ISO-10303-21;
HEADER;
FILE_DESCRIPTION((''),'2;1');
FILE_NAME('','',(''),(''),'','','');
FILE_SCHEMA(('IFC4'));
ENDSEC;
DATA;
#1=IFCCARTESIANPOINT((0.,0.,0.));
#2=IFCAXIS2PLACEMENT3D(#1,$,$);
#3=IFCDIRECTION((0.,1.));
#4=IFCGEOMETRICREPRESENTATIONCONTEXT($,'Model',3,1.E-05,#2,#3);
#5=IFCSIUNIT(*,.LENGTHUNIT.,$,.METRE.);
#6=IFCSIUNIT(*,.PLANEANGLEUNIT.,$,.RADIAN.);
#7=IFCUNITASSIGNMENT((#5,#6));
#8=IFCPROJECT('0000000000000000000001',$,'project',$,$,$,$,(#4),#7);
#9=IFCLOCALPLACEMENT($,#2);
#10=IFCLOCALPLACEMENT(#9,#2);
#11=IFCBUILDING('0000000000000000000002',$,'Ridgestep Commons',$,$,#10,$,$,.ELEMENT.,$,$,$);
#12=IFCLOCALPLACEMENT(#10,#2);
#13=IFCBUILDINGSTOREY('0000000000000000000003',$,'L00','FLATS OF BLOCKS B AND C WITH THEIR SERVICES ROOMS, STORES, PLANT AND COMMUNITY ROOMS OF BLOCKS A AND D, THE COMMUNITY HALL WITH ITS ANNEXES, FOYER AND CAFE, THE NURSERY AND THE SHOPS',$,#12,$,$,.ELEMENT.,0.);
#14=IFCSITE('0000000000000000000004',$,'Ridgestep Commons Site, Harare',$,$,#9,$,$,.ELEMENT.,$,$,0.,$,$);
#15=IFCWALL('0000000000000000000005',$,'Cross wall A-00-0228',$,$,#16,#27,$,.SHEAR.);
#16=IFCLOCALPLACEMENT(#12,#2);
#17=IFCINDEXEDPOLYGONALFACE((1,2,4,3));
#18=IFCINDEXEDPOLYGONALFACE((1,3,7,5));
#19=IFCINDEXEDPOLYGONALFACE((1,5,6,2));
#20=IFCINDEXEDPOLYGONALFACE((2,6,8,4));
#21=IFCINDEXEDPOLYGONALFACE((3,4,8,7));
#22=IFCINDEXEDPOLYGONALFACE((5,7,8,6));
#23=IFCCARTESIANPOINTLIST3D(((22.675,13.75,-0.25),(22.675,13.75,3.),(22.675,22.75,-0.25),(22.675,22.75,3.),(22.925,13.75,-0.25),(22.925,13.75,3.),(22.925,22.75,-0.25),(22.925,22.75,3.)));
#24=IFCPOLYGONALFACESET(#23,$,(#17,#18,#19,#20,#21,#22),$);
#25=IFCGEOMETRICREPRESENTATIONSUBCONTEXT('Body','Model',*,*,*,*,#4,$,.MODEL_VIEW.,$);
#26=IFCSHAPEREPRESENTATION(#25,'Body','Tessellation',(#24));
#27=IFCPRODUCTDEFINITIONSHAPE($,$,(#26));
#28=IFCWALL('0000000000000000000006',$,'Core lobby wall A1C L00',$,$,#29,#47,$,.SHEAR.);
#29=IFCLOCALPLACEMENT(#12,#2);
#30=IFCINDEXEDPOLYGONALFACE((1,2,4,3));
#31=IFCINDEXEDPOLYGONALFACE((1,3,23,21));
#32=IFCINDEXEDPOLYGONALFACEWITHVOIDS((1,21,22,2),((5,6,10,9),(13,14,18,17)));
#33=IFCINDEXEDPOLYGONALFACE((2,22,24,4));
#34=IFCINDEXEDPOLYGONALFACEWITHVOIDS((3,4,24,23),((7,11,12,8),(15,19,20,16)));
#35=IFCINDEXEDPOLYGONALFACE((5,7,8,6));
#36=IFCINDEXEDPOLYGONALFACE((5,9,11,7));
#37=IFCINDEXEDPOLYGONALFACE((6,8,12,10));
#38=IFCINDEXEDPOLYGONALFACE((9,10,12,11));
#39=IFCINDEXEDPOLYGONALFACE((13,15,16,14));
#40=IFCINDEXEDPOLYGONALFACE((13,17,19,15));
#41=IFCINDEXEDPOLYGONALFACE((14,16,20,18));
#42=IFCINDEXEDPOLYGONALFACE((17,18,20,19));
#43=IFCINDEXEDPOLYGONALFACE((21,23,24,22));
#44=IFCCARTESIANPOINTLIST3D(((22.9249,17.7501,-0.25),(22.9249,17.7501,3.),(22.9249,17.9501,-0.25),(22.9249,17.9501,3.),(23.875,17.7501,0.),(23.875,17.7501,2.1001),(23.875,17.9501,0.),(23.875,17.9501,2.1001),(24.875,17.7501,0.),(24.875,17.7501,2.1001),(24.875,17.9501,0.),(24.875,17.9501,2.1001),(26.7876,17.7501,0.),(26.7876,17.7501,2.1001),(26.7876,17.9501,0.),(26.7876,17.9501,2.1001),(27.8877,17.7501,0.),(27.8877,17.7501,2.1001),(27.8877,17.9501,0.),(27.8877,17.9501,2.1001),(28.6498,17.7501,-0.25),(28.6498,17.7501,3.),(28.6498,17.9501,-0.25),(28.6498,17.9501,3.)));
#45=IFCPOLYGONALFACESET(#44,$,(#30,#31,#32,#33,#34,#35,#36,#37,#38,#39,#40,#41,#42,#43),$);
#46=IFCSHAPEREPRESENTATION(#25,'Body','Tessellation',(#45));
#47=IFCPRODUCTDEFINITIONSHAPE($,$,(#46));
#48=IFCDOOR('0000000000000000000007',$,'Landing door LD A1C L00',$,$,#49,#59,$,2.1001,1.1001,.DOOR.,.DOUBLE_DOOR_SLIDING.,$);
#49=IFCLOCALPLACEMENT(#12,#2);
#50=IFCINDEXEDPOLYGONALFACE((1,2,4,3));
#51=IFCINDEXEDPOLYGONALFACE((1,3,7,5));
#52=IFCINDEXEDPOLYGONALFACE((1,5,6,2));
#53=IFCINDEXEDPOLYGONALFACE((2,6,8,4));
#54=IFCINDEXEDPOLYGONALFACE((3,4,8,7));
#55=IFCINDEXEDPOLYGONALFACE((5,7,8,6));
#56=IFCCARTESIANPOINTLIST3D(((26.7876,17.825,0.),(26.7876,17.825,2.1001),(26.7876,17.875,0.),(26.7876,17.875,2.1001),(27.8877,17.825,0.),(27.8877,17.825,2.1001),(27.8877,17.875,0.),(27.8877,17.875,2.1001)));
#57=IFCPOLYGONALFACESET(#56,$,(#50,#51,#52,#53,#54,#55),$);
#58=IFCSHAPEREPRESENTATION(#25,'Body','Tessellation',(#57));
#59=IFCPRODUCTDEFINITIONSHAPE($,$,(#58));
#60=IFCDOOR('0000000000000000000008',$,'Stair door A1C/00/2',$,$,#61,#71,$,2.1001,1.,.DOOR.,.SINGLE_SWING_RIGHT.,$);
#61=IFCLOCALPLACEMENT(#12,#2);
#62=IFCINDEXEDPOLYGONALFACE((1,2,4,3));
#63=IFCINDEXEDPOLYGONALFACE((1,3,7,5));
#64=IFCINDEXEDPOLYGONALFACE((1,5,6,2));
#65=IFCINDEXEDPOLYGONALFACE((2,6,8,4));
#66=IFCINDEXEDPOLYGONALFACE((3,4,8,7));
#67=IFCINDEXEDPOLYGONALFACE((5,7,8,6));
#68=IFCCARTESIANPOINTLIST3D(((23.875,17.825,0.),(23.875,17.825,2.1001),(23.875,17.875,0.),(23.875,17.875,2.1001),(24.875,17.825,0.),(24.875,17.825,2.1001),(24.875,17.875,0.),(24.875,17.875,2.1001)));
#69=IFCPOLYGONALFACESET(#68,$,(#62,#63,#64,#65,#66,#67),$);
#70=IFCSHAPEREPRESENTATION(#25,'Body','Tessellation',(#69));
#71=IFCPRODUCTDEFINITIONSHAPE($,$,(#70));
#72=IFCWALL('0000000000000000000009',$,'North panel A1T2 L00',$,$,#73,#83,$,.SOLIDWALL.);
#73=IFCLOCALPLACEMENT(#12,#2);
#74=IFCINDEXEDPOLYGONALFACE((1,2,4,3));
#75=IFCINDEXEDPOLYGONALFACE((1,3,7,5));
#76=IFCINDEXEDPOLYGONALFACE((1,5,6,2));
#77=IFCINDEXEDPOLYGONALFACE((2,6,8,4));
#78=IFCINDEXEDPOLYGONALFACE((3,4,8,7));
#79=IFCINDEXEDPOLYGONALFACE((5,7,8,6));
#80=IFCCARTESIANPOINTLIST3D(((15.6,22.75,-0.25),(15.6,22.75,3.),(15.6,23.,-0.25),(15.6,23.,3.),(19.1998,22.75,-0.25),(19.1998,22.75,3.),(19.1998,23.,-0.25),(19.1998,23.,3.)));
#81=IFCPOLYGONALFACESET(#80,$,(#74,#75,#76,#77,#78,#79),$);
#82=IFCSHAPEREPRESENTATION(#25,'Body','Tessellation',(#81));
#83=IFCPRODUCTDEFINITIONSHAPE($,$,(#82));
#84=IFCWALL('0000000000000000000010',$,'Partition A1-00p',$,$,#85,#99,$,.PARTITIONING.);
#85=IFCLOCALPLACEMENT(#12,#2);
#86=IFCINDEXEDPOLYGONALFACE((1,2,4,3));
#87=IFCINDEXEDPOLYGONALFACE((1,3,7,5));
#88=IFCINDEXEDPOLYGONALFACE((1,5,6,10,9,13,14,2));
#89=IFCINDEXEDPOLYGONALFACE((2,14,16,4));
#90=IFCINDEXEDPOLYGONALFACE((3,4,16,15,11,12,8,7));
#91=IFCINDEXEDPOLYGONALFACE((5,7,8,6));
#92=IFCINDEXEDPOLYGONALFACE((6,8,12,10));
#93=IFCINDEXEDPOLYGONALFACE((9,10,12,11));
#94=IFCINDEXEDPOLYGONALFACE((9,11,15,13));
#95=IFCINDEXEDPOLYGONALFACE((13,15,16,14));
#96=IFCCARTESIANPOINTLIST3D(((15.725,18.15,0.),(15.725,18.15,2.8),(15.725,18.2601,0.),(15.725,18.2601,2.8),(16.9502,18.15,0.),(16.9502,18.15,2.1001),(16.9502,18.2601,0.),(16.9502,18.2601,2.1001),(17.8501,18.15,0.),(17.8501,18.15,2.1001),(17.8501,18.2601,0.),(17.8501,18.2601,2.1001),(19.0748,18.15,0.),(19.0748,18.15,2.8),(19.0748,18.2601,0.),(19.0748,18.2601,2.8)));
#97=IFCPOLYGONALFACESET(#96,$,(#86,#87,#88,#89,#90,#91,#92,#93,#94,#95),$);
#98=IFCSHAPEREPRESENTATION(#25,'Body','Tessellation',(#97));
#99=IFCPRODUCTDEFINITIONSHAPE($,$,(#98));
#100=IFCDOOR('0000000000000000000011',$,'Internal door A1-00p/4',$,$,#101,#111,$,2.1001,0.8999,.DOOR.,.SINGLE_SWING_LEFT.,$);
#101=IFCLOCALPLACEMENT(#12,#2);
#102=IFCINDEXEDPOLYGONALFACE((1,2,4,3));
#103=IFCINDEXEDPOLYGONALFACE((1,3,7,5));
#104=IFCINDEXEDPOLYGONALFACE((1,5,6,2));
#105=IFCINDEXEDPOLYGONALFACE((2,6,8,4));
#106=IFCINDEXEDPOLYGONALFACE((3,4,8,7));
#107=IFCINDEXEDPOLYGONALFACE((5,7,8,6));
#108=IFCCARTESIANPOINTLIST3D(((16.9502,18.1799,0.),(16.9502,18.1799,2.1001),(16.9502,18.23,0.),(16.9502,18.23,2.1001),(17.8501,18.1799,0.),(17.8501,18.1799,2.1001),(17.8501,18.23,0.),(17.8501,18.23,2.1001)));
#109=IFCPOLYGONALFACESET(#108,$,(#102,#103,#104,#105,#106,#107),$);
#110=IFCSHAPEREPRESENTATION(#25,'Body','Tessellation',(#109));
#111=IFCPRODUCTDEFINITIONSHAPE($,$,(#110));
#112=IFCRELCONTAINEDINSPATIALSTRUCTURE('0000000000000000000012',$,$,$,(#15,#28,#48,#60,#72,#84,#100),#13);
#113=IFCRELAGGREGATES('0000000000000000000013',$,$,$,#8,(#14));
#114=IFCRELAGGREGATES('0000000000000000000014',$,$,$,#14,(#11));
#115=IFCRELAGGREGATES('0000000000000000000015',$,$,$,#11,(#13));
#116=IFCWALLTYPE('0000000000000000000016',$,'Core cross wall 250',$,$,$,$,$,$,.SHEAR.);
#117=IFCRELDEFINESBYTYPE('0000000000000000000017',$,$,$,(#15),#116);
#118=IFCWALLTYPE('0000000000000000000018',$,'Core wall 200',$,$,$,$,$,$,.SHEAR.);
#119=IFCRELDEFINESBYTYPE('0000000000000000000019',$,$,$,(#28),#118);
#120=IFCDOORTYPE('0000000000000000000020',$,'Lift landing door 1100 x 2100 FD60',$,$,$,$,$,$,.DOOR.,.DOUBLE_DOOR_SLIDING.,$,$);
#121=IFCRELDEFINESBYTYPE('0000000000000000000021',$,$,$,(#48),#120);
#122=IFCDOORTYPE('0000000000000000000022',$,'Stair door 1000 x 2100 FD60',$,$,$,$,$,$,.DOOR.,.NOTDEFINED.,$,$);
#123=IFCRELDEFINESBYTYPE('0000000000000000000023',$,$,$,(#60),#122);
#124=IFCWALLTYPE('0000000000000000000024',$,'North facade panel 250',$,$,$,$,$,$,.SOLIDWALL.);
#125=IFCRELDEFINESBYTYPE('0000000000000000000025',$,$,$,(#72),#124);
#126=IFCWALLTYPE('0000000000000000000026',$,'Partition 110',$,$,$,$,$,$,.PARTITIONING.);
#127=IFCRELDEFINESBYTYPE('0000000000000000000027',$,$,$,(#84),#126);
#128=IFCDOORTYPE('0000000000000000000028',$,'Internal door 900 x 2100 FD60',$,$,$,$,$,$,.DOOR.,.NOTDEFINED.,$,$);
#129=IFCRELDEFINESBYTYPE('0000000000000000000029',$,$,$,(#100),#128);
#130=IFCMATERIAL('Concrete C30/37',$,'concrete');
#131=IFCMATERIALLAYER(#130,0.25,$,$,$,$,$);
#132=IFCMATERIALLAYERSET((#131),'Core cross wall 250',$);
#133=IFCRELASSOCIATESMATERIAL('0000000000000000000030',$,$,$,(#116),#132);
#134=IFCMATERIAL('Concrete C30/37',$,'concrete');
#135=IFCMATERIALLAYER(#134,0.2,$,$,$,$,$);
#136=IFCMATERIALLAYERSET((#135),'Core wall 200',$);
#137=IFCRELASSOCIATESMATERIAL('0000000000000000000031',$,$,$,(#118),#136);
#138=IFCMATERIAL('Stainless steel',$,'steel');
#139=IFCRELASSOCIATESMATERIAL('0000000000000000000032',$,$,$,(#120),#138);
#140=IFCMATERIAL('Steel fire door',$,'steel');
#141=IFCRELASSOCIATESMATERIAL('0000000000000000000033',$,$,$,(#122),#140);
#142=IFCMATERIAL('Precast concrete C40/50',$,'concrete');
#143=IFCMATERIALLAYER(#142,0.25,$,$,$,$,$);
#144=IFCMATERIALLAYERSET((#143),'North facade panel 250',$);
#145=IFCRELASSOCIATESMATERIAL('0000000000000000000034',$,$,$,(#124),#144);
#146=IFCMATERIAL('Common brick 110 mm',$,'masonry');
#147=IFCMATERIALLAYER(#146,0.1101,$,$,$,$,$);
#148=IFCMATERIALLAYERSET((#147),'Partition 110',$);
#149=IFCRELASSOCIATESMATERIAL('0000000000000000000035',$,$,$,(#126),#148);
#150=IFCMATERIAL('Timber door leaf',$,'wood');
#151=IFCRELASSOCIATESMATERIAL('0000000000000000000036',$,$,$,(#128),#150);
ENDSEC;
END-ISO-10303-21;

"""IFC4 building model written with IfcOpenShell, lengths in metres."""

from ifc_helpers import new_model, si_unit, direction, frame, frame_2d, origin, place, context, subcontext, project, spatial, rectangle, extrude, material, layer, layer_set, type_object, element, fill, save


model = new_model("IFC4")

# Units and contexts
model_context = context("Model", 3, precision=1e-05, world=origin(), true_north=direction((0.0, 1.0)))
body_context = subcontext(model_context, "Body", "Model", "MODEL_VIEW")
ifc_project = project(units=[si_unit("LENGTHUNIT", "METRE"), si_unit("PLANEANGLEUNIT", "RADIAN")], contexts=[model_context])

# Site, building, storey
site_placement = place(None, origin())
site = spatial("IfcSite", under=ifc_project, at=site_placement, Name="Ridgestep Commons Site, Harare", CompositionType="ELEMENT", RefElevation=0.0)
building_placement = place(site_placement, origin())
building = spatial("IfcBuilding", under=site, at=building_placement, Name="Ridgestep Commons", CompositionType="ELEMENT")
storey_placement = place(building_placement, origin())
storey = spatial("IfcBuildingStorey", under=building, at=storey_placement, Name="L00", Description="FLATS OF BLOCKS B AND C WITH THEIR SERVICES ROOMS, STORES, PLANT AND COMMUNITY ROOMS OF BLOCKS A AND D, THE COMMUNITY HALL WITH ITS ANNEXES, FOYER AND CAFE, THE NURSERY AND THE SHOPS", CompositionType="ELEMENT", Elevation=0.0)

# Wall
ifc_material_1 = material(Name="Concrete C30/37", Category="concrete")
ifc_layer_1 = layer(ifc_material_1, 0.25)
ifc_layer_set_1 = layer_set([ifc_layer_1], Name="Core cross wall 250")
wall_type_1 = type_object("IfcWallType", Name="Core cross wall 250", PredefinedType="SHEAR", material=ifc_layer_set_1)
wall_1_placement = place(storey_placement, frame((22.8, 13.75, -0.25), z_axis=(0.0, 0.0, 1.0), x_axis=(0.0, 1.0, 0.0)))
element("IfcWall", 1, at=wall_1_placement, inside=storey, type_object=wall_type_1, Name="Cross wall A-00-0228", PredefinedType="SHEAR", context=body_context, shape_type="SweptSolid", body=[
    extrude(rectangle(XDim=9.0, YDim=0.25, at=frame_2d((4.5, 0.0))), origin(), (0.0, 0.0, 1.0), 3.25),
])

# Wall, openings, doors
ifc_material_2 = material(Name="Concrete C30/37", Category="concrete")
ifc_layer_2 = layer(ifc_material_2, 0.2)
ifc_layer_set_2 = layer_set([ifc_layer_2], Name="Core wall 200")
wall_type_2 = type_object("IfcWallType", Name="Core wall 200", PredefinedType="SHEAR", material=ifc_layer_set_2)
wall_2_placement = place(storey_placement, frame((22.925, 17.8501, -0.25), z_axis=(0.0, 0.0, 1.0), x_axis=(1.0, 0.0, 0.0)))
wall_2 = element("IfcWall", 2, at=wall_2_placement, inside=storey, type_object=wall_type_2, Name="Core lobby wall A1C L00", PredefinedType="SHEAR", context=body_context, shape_type="SweptSolid", body=[
    extrude(rectangle(XDim=5.7249, YDim=0.2, at=frame_2d((2.8623, 0.0))), origin(), (0.0, 0.0, 1.0), 3.25),
])
opening_1_placement = place(wall_2_placement, frame((0.95, 0.0, 0.25)))
opening_1 = element("IfcOpeningElement", 3, at=opening_1_placement, cuts=wall_2, PredefinedType="OPENING", context=body_context, shape_type="SweptSolid", body=[
    extrude(rectangle(XDim=1.0, YDim=2.1001, at=frame_2d((0.5, 1.05))), frame((0.0, 0.1099, 0.0), z_axis=(0.0, -1.0, 0.0), x_axis=(1.0, 0.0, 0.0)), (0.0, 0.0, 1.0), 0.22),
])
opening_2_placement = place(wall_2_placement, frame((3.8625, 0.0, 0.25)))
opening_2 = element("IfcOpeningElement", 4, at=opening_2_placement, cuts=wall_2, PredefinedType="OPENING", context=body_context, shape_type="SweptSolid", body=[
    extrude(rectangle(XDim=1.1001, YDim=2.1001, at=frame_2d((0.55, 1.05))), frame((0.0, 0.1099, 0.0), z_axis=(0.0, -1.0, 0.0), x_axis=(1.0, 0.0, 0.0)), (0.0, 0.0, 1.0), 0.22),
])
ifc_material_3 = material(Name="Stainless steel", Category="steel")
door_type_1 = type_object("IfcDoorType", Name="Lift landing door 1100 x 2100 FD60", OperationType="DOUBLE_DOOR_SLIDING", PredefinedType="DOOR", material=ifc_material_3)
door_1_placement = place(opening_2_placement, origin())
door_1 = element("IfcDoor", 5, at=door_1_placement, inside=storey, type_object=door_type_1, Name="Landing door LD A1C L00", OperationType="DOUBLE_DOOR_SLIDING", OverallHeight=2.1001, OverallWidth=1.1001, PredefinedType="DOOR", context=body_context, shape_type="SweptSolid", body=[
    extrude(rectangle(XDim=1.1001, YDim=2.1001, at=frame_2d((0.55, 1.05))), frame((0.0, 0.0249, 0.0), z_axis=(0.0, -1.0, 0.0), x_axis=(1.0, 0.0, 0.0)), (0.0, 0.0, 1.0), 0.05),
])
fill(opening_2, door_1)
ifc_material_4 = material(Name="Steel fire door", Category="steel")
door_type_2 = type_object("IfcDoorType", Name="Stair door 1000 x 2100 FD60", OperationType="NOTDEFINED", PredefinedType="DOOR", material=ifc_material_4)
door_2_placement = place(opening_1_placement, origin())
door_2 = element("IfcDoor", 6, at=door_2_placement, inside=storey, type_object=door_type_2, Name="Stair door A1C/00/2", OperationType="SINGLE_SWING_RIGHT", OverallHeight=2.1001, OverallWidth=1.0, PredefinedType="DOOR", context=body_context, shape_type="SweptSolid", body=[
    extrude(rectangle(XDim=1.0, YDim=2.1001, at=frame_2d((0.5, 1.05))), frame((0.0, 0.0249, 0.0), z_axis=(0.0, -1.0, 0.0), x_axis=(1.0, 0.0, 0.0)), (0.0, 0.0, 1.0), 0.05),
])
fill(opening_1, door_2)

# Wall
ifc_material_5 = material(Name="Precast concrete C40/50", Category="concrete")
ifc_layer_3 = layer(ifc_material_5, 0.25)
ifc_layer_set_3 = layer_set([ifc_layer_3], Name="North facade panel 250")
wall_type_3 = type_object("IfcWallType", Name="North facade panel 250", PredefinedType="SOLIDWALL", material=ifc_layer_set_3)
wall_3_placement = place(storey_placement, frame((15.6001, 22.875, -0.25), z_axis=(0.0, 0.0, 1.0), x_axis=(1.0, 0.0, 0.0)))
element("IfcWall", 7, at=wall_3_placement, inside=storey, type_object=wall_type_3, Name="North panel A1T2 L00", PredefinedType="SOLIDWALL", context=body_context, shape_type="SweptSolid", body=[
    extrude(rectangle(XDim=3.5999, YDim=0.25, at=frame_2d((1.7998, 0.0))), origin(), (0.0, 0.0, 1.0), 3.25),
])

# Wall, opening, door
ifc_material_6 = material(Name="Common brick 110 mm", Category="masonry")
ifc_layer_4 = layer(ifc_material_6, 0.1101)
ifc_layer_set_4 = layer_set([ifc_layer_4], Name="Partition 110")
wall_type_4 = type_object("IfcWallType", Name="Partition 110", PredefinedType="PARTITIONING", material=ifc_layer_set_4)
wall_4_placement = place(storey_placement, frame((15.7251, 18.2051, 0.0), z_axis=(0.0, 0.0, 1.0), x_axis=(1.0, 0.0, 0.0)))
wall_4 = element("IfcWall", 8, at=wall_4_placement, inside=storey, type_object=wall_type_4, Name="Partition A1-00p", PredefinedType="PARTITIONING", context=body_context, shape_type="SweptSolid", body=[
    extrude(rectangle(XDim=3.3499, YDim=0.1101, at=frame_2d((1.6748, 0.0))), origin(), (0.0, 0.0, 1.0), 2.8),
])
opening_3_placement = place(wall_4_placement, frame((1.2251, 0.0, 0.0)))
opening_3 = element("IfcOpeningElement", 9, at=opening_3_placement, cuts=wall_4, PredefinedType="OPENING", context=body_context, shape_type="SweptSolid", body=[
    extrude(rectangle(XDim=0.8999, YDim=2.1001, at=frame_2d((0.45, 1.05))), frame((0.0, 0.0649, 0.0), z_axis=(0.0, -1.0, 0.0), x_axis=(1.0, 0.0, 0.0)), (0.0, 0.0, 1.0), 0.1301),
])
ifc_material_7 = material(Name="Timber door leaf", Category="wood")
door_type_3 = type_object("IfcDoorType", Name="Internal door 900 x 2100 FD60", OperationType="NOTDEFINED", PredefinedType="DOOR", material=ifc_material_7)
door_3_placement = place(opening_3_placement, origin())
door_3 = element("IfcDoor", 10, at=door_3_placement, inside=storey, type_object=door_type_3, Name="Internal door A1-00p/4", OperationType="SINGLE_SWING_LEFT", OverallHeight=2.1001, OverallWidth=0.8999, PredefinedType="DOOR", context=body_context, shape_type="SweptSolid", body=[
    extrude(rectangle(XDim=0.8999, YDim=2.1001, at=frame_2d((0.45, 1.05))), frame((0.0, 0.0249, 0.0), z_axis=(0.0, -1.0, 0.0), x_axis=(1.0, 0.0, 0.0)), (0.0, 0.0, 1.0), 0.05),
])
fill(opening_3, door_3)

save(model, "model.ifc")
